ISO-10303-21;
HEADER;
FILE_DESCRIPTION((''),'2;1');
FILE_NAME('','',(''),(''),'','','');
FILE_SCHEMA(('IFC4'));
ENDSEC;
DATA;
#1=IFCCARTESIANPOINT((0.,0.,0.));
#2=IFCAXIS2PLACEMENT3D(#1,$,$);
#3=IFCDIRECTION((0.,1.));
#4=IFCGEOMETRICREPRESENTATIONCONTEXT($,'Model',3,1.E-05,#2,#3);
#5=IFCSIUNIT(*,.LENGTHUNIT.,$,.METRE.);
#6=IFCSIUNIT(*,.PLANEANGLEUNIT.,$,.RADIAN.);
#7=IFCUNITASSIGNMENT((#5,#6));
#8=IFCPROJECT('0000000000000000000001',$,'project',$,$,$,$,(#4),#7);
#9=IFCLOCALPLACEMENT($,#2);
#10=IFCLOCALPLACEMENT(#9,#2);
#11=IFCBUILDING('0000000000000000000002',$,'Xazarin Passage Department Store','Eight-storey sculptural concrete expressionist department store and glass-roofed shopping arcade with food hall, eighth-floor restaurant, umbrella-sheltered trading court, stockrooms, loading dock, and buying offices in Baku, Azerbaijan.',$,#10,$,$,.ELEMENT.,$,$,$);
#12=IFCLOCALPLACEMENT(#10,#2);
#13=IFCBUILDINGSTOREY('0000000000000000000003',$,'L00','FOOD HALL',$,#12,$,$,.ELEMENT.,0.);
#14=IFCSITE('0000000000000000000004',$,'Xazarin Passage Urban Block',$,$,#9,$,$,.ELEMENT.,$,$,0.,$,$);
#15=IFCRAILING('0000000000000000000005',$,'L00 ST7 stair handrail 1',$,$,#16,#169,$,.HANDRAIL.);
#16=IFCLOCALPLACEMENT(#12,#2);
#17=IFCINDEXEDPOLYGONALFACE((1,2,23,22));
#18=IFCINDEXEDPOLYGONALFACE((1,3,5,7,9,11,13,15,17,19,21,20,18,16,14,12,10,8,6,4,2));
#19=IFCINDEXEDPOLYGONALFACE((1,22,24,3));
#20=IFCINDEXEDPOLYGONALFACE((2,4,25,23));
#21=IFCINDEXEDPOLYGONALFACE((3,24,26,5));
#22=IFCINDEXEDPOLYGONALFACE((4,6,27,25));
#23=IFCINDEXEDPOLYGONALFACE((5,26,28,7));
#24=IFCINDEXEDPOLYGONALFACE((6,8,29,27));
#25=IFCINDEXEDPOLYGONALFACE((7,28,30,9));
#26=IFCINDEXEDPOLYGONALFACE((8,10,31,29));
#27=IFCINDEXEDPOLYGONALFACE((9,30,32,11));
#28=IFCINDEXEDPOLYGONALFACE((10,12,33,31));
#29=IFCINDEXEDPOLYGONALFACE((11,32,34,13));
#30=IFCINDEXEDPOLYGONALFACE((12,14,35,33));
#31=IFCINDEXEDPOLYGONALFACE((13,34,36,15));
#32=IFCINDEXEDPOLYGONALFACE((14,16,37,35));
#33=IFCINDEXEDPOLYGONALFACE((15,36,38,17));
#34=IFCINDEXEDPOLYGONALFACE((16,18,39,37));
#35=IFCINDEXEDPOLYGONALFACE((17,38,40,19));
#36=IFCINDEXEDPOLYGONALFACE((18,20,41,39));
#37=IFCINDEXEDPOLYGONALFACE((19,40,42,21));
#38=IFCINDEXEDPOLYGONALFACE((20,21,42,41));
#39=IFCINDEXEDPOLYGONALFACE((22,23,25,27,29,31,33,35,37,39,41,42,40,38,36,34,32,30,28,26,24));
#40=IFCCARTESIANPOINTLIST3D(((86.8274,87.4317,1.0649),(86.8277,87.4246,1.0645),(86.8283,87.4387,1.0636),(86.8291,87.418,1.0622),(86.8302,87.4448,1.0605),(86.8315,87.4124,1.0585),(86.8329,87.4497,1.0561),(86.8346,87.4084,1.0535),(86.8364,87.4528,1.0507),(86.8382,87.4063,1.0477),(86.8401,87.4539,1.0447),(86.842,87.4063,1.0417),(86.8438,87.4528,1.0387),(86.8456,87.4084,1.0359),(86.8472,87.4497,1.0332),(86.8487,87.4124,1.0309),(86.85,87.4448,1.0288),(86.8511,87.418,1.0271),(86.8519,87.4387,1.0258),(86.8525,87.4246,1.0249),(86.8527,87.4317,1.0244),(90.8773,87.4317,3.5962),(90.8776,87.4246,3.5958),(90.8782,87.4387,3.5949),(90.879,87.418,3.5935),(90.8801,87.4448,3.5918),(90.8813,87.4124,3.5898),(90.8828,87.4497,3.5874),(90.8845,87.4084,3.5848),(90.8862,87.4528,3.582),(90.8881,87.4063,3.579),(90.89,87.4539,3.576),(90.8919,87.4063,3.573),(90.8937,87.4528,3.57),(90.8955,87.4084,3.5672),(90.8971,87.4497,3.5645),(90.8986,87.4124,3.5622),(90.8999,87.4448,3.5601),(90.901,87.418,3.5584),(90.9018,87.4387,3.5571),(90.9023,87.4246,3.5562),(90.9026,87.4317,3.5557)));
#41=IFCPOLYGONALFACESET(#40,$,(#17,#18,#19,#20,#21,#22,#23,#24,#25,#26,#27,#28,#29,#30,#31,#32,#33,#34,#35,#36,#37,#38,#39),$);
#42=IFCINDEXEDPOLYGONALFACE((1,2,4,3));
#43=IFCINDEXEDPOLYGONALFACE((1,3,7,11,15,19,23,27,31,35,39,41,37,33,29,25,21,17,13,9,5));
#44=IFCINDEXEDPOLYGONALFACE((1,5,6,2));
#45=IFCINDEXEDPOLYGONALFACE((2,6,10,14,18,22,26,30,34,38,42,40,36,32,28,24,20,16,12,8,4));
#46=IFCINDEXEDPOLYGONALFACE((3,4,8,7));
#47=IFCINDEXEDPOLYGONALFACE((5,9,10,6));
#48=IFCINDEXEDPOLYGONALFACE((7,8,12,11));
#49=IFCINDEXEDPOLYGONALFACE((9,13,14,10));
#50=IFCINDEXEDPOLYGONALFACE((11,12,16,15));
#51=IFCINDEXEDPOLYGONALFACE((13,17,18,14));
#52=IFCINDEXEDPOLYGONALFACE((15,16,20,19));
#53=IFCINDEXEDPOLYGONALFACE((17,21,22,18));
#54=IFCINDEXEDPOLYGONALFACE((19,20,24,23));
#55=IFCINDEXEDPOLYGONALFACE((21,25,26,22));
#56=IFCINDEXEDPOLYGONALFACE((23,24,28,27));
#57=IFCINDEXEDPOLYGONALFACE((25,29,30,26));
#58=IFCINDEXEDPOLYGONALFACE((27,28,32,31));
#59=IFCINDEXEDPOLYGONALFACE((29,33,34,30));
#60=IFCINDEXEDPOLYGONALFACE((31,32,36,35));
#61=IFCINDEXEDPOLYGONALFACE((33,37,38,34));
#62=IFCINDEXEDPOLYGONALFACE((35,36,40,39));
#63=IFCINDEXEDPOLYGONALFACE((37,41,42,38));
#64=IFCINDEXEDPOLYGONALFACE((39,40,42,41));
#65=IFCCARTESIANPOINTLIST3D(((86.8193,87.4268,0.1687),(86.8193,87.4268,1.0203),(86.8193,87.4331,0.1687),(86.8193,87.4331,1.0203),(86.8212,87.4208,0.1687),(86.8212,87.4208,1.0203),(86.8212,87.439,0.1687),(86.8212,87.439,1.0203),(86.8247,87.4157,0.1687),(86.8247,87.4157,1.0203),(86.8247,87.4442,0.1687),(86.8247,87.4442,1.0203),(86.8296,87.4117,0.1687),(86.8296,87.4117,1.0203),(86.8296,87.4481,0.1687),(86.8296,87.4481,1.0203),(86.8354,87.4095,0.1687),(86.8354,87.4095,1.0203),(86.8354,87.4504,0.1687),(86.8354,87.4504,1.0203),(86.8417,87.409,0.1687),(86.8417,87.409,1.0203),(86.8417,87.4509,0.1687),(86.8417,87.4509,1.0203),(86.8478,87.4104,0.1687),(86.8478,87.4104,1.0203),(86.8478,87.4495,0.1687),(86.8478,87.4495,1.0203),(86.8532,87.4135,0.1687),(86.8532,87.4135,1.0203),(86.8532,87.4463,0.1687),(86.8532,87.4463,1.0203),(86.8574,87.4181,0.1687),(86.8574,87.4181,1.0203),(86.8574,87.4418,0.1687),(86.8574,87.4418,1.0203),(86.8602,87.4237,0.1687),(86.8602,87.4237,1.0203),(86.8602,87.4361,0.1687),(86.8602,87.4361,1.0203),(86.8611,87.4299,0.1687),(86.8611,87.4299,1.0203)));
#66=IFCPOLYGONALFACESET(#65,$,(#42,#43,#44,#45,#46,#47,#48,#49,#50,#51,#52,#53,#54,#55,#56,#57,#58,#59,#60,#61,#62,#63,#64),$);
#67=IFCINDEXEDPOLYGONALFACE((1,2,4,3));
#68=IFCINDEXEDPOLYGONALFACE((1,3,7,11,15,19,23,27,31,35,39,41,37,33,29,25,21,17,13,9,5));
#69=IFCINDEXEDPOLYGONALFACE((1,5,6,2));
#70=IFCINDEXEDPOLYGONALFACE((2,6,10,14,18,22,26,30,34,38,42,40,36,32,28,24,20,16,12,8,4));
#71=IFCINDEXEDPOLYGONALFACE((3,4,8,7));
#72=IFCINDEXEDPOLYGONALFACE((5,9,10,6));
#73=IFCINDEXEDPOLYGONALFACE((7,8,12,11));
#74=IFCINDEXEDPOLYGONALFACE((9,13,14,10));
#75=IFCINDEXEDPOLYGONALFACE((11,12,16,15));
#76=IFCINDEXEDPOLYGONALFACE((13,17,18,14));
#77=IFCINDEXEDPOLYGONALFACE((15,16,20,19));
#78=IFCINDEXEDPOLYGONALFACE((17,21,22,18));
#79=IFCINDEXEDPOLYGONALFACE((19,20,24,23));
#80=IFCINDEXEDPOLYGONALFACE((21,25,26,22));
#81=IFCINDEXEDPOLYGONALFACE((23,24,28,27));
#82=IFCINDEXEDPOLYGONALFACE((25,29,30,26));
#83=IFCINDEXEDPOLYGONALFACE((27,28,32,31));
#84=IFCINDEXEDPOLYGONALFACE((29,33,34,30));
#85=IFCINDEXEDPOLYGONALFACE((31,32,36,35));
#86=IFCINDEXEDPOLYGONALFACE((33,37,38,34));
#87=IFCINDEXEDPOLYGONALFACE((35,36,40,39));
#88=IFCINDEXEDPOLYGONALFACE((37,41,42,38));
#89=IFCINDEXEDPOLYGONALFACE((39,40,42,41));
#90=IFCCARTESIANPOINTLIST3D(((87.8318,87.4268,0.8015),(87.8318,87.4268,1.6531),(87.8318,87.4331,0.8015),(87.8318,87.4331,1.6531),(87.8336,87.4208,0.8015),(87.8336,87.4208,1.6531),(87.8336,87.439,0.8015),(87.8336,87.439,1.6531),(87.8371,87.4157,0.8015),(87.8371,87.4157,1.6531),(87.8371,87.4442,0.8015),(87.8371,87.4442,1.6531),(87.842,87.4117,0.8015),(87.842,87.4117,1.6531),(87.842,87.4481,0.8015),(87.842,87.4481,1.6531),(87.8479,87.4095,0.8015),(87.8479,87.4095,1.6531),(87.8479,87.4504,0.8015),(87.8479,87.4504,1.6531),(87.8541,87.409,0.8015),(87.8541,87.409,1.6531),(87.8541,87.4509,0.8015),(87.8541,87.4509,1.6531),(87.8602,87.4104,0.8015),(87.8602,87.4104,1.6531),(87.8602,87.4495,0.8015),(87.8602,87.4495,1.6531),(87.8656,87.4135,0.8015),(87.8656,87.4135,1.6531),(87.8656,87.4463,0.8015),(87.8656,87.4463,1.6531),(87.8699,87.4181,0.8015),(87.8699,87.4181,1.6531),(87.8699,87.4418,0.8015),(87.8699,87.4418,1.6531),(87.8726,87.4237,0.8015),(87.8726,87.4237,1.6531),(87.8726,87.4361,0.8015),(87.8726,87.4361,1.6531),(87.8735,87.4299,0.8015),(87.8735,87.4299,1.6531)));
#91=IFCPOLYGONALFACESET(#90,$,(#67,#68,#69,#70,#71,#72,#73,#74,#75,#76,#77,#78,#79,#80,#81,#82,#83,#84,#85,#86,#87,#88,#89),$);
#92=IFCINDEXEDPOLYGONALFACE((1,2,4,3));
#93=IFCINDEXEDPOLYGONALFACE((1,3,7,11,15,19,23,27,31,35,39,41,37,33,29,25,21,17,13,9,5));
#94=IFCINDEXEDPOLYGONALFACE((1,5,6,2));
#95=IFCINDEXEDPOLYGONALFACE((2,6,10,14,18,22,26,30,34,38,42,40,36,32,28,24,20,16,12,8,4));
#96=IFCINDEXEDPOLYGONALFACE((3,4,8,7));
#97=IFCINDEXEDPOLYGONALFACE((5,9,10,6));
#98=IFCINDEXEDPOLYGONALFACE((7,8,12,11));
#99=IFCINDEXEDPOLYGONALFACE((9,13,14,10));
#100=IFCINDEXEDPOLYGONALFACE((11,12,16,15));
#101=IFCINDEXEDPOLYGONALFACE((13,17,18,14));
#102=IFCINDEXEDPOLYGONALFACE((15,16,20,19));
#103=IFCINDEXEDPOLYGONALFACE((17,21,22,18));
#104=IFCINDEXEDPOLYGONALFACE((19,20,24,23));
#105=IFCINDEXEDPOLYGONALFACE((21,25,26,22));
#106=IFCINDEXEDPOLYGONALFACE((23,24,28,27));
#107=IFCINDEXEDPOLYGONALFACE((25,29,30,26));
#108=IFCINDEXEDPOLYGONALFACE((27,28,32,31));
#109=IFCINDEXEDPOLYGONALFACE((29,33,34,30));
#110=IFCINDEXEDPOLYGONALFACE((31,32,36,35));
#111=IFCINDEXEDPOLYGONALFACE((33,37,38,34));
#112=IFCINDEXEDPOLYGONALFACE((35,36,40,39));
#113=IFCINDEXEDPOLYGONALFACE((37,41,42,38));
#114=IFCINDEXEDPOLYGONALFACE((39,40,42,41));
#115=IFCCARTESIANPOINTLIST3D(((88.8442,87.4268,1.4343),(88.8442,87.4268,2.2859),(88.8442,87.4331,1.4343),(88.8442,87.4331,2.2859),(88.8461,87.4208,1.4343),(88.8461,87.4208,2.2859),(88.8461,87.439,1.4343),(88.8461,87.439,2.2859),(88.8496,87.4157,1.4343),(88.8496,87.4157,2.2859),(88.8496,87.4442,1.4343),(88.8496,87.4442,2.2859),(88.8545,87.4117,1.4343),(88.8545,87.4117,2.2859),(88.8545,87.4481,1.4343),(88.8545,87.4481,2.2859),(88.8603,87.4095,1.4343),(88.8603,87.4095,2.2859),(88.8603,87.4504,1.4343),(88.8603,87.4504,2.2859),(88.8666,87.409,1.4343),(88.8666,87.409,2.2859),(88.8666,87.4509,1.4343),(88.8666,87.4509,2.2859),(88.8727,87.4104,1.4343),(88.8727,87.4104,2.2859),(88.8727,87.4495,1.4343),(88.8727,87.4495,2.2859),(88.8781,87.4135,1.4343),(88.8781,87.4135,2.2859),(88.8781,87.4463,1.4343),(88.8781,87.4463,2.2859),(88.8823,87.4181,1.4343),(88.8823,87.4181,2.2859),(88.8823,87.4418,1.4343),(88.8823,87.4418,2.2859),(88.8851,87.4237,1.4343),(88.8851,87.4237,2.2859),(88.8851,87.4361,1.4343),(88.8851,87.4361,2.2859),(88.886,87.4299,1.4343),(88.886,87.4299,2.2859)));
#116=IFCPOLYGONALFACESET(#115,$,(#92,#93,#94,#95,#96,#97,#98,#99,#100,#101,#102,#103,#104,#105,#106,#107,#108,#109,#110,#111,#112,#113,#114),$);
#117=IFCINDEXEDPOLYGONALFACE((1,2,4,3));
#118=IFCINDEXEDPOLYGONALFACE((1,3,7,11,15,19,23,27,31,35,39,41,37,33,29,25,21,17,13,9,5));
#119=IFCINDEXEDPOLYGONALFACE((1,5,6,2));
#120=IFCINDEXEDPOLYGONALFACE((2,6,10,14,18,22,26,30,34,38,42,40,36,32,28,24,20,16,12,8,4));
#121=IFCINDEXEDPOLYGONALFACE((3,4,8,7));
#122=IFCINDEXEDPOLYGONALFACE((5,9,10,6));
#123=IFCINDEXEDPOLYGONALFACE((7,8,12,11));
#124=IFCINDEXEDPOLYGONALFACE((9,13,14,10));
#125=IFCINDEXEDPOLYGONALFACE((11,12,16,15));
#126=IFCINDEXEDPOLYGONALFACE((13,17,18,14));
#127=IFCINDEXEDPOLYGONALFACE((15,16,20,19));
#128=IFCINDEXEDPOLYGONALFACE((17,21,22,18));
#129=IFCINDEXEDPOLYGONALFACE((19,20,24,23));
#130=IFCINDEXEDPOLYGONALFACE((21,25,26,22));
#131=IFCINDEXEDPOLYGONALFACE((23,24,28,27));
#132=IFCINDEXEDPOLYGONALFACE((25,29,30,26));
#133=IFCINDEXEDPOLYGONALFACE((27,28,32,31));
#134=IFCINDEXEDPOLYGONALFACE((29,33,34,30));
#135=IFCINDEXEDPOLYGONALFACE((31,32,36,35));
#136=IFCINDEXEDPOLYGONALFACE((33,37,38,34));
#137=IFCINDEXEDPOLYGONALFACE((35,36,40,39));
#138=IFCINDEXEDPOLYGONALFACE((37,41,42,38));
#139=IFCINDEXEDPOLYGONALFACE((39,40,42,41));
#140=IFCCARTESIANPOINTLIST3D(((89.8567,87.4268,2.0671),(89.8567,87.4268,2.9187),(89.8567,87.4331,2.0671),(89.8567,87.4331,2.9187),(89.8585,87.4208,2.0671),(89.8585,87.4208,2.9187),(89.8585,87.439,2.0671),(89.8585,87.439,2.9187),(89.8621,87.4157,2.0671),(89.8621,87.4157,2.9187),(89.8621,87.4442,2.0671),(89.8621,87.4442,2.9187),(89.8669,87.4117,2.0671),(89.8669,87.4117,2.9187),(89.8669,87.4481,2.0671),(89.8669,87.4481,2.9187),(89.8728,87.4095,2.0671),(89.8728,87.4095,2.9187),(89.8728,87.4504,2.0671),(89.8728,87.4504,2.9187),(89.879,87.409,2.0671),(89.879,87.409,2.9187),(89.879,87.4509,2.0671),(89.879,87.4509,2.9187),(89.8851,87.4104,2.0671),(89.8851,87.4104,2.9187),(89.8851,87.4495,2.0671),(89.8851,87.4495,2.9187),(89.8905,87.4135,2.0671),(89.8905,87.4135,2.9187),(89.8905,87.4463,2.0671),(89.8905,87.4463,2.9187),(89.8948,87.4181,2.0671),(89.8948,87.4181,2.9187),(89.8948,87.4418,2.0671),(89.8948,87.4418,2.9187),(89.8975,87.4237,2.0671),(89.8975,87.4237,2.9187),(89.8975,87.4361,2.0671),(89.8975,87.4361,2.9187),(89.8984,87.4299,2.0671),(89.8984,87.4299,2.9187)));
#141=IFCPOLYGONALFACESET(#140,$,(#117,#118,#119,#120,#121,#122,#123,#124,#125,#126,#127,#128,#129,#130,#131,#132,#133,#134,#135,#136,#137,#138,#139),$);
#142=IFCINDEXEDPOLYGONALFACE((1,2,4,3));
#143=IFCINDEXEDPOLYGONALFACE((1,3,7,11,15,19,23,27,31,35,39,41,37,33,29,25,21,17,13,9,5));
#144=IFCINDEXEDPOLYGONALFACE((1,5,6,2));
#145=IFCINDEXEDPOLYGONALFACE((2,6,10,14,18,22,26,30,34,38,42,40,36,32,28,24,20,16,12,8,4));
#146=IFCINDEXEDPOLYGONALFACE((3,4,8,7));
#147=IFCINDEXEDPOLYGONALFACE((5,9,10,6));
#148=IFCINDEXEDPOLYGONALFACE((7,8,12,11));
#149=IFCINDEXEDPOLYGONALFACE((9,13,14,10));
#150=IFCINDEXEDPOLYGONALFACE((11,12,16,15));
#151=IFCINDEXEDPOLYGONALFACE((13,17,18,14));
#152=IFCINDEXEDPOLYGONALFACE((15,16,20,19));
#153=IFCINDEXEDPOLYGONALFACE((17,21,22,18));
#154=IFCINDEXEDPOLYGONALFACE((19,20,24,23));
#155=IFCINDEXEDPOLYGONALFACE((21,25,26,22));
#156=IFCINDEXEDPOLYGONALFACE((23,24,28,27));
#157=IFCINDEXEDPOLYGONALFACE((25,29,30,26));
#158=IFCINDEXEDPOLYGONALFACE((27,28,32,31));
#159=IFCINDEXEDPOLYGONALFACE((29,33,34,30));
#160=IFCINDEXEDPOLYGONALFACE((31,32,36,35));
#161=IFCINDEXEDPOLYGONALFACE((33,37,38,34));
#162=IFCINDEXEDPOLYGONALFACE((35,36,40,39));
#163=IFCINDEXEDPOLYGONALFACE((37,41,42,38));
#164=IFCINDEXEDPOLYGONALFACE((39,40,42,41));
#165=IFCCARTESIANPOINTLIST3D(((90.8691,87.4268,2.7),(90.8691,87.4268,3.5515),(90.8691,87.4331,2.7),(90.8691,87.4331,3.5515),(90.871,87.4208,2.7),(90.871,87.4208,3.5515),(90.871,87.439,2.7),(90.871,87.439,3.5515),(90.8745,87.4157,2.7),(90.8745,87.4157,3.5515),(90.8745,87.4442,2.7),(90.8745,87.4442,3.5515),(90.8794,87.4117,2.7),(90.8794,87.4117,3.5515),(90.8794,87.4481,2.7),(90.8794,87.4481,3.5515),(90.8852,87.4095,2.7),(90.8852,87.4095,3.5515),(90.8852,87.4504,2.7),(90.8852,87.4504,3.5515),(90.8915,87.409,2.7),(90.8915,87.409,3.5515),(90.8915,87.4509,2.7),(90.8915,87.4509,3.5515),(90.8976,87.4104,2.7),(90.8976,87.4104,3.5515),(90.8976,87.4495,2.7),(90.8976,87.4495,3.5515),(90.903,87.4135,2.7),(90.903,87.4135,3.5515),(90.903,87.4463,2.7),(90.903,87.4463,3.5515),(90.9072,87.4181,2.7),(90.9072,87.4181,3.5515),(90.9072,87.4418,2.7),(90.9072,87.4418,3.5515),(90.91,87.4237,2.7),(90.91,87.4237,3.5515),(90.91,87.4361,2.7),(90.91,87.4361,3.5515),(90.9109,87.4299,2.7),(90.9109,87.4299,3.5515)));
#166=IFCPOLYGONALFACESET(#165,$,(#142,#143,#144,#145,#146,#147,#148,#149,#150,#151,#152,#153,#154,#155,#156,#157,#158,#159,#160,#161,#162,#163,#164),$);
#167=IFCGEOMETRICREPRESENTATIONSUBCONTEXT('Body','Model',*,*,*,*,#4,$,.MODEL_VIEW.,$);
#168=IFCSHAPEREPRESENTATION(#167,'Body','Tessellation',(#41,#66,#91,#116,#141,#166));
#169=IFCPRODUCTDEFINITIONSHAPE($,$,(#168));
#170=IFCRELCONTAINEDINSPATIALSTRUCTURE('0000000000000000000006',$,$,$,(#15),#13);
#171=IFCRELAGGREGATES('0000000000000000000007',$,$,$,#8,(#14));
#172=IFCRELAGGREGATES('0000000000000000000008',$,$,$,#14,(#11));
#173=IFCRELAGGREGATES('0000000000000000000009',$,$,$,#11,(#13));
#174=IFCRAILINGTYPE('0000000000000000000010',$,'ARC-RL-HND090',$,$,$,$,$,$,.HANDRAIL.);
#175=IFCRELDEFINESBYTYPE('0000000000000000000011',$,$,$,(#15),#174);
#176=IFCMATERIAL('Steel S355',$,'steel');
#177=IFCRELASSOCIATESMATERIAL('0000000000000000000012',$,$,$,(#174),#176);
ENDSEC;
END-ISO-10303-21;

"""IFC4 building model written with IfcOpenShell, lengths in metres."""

from ifc_helpers import new_model, si_unit, direction, frame, origin, origin_2d, place, context, subcontext, project, spatial, circle, extrude, material, type_object, element, save


model = new_model("IFC4")

# Units and contexts
model_context = context("Model", 3, precision=1e-05, world=origin(), true_north=direction((0.0, 1.0)))
body_context = subcontext(model_context, "Body", "Model", "MODEL_VIEW")
ifc_project = project(units=[si_unit("LENGTHUNIT", "METRE"), si_unit("PLANEANGLEUNIT", "RADIAN")], contexts=[model_context])

# Site, building, storey
site_placement = place(None, origin())
site = spatial("IfcSite", under=ifc_project, at=site_placement, Name="Xazarin Passage Urban Block", CompositionType="ELEMENT", RefElevation=0.0)
building_placement = place(site_placement, origin())
building = spatial("IfcBuilding", under=site, at=building_placement, Name="Xazarin Passage Department Store", Description="Eight-storey sculptural concrete expressionist department store and glass-roofed shopping arcade with food hall, eighth-floor restaurant, umbrella-sheltered trading court, stockrooms, loading dock, and buying offices in Baku, Azerbaijan.", CompositionType="ELEMENT")
storey_placement = place(building_placement, origin())
storey = spatial("IfcBuildingStorey", under=building, at=storey_placement, Name="L00", Description="FOOD HALL", CompositionType="ELEMENT", Elevation=0.0)

# Shared definitions
ifc_material_1 = material(Name="Steel S355", Category="steel")

# Railing
railing_type_1 = type_object("IfcRailingType", Name="ARC-RL-HND090", PredefinedType="HANDRAIL", material=ifc_material_1)
railing_1_placement = place(storey_placement, frame((86.8401, 87.4299, 0.1687)))
element("IfcRailing", 1, at=railing_1_placement, inside=storey, type_object=railing_type_1, Name="L00 ST7 stair handrail 1", PredefinedType="HANDRAIL", context=body_context, shape_type="SweptSolid", body=[
    extrude(circle(Radius=0.0239, at=origin_2d()), frame((0.0, 0.0, 0.876), z_axis=(0.847987, 0.0, 0.530017), x_axis=(0.0, 1.0, 0.0)), (0.0, 0.0, 1.0), 4.7759),
    extrude(circle(Radius=0.021, at=origin_2d()), origin(), (0.0, 0.0, 1.0), 0.8516),
    extrude(circle(Radius=0.021, at=origin_2d()), frame((1.0125, 0.0, 0.6328)), (0.0, 0.0, 1.0), 0.8516),
    extrude(circle(Radius=0.021, at=origin_2d()), frame((2.0249, 0.0, 1.2656)), (0.0, 0.0, 1.0), 0.8516),
    extrude(circle(Radius=0.021, at=origin_2d()), frame((3.0374, 0.0, 1.8984)), (0.0, 0.0, 1.0), 0.8516),
    extrude(circle(Radius=0.021, at=origin_2d()), frame((4.0498, 0.0, 2.5312)), (0.0, 0.0, 1.0), 0.8516),
])

save(model, "model.ifc")
